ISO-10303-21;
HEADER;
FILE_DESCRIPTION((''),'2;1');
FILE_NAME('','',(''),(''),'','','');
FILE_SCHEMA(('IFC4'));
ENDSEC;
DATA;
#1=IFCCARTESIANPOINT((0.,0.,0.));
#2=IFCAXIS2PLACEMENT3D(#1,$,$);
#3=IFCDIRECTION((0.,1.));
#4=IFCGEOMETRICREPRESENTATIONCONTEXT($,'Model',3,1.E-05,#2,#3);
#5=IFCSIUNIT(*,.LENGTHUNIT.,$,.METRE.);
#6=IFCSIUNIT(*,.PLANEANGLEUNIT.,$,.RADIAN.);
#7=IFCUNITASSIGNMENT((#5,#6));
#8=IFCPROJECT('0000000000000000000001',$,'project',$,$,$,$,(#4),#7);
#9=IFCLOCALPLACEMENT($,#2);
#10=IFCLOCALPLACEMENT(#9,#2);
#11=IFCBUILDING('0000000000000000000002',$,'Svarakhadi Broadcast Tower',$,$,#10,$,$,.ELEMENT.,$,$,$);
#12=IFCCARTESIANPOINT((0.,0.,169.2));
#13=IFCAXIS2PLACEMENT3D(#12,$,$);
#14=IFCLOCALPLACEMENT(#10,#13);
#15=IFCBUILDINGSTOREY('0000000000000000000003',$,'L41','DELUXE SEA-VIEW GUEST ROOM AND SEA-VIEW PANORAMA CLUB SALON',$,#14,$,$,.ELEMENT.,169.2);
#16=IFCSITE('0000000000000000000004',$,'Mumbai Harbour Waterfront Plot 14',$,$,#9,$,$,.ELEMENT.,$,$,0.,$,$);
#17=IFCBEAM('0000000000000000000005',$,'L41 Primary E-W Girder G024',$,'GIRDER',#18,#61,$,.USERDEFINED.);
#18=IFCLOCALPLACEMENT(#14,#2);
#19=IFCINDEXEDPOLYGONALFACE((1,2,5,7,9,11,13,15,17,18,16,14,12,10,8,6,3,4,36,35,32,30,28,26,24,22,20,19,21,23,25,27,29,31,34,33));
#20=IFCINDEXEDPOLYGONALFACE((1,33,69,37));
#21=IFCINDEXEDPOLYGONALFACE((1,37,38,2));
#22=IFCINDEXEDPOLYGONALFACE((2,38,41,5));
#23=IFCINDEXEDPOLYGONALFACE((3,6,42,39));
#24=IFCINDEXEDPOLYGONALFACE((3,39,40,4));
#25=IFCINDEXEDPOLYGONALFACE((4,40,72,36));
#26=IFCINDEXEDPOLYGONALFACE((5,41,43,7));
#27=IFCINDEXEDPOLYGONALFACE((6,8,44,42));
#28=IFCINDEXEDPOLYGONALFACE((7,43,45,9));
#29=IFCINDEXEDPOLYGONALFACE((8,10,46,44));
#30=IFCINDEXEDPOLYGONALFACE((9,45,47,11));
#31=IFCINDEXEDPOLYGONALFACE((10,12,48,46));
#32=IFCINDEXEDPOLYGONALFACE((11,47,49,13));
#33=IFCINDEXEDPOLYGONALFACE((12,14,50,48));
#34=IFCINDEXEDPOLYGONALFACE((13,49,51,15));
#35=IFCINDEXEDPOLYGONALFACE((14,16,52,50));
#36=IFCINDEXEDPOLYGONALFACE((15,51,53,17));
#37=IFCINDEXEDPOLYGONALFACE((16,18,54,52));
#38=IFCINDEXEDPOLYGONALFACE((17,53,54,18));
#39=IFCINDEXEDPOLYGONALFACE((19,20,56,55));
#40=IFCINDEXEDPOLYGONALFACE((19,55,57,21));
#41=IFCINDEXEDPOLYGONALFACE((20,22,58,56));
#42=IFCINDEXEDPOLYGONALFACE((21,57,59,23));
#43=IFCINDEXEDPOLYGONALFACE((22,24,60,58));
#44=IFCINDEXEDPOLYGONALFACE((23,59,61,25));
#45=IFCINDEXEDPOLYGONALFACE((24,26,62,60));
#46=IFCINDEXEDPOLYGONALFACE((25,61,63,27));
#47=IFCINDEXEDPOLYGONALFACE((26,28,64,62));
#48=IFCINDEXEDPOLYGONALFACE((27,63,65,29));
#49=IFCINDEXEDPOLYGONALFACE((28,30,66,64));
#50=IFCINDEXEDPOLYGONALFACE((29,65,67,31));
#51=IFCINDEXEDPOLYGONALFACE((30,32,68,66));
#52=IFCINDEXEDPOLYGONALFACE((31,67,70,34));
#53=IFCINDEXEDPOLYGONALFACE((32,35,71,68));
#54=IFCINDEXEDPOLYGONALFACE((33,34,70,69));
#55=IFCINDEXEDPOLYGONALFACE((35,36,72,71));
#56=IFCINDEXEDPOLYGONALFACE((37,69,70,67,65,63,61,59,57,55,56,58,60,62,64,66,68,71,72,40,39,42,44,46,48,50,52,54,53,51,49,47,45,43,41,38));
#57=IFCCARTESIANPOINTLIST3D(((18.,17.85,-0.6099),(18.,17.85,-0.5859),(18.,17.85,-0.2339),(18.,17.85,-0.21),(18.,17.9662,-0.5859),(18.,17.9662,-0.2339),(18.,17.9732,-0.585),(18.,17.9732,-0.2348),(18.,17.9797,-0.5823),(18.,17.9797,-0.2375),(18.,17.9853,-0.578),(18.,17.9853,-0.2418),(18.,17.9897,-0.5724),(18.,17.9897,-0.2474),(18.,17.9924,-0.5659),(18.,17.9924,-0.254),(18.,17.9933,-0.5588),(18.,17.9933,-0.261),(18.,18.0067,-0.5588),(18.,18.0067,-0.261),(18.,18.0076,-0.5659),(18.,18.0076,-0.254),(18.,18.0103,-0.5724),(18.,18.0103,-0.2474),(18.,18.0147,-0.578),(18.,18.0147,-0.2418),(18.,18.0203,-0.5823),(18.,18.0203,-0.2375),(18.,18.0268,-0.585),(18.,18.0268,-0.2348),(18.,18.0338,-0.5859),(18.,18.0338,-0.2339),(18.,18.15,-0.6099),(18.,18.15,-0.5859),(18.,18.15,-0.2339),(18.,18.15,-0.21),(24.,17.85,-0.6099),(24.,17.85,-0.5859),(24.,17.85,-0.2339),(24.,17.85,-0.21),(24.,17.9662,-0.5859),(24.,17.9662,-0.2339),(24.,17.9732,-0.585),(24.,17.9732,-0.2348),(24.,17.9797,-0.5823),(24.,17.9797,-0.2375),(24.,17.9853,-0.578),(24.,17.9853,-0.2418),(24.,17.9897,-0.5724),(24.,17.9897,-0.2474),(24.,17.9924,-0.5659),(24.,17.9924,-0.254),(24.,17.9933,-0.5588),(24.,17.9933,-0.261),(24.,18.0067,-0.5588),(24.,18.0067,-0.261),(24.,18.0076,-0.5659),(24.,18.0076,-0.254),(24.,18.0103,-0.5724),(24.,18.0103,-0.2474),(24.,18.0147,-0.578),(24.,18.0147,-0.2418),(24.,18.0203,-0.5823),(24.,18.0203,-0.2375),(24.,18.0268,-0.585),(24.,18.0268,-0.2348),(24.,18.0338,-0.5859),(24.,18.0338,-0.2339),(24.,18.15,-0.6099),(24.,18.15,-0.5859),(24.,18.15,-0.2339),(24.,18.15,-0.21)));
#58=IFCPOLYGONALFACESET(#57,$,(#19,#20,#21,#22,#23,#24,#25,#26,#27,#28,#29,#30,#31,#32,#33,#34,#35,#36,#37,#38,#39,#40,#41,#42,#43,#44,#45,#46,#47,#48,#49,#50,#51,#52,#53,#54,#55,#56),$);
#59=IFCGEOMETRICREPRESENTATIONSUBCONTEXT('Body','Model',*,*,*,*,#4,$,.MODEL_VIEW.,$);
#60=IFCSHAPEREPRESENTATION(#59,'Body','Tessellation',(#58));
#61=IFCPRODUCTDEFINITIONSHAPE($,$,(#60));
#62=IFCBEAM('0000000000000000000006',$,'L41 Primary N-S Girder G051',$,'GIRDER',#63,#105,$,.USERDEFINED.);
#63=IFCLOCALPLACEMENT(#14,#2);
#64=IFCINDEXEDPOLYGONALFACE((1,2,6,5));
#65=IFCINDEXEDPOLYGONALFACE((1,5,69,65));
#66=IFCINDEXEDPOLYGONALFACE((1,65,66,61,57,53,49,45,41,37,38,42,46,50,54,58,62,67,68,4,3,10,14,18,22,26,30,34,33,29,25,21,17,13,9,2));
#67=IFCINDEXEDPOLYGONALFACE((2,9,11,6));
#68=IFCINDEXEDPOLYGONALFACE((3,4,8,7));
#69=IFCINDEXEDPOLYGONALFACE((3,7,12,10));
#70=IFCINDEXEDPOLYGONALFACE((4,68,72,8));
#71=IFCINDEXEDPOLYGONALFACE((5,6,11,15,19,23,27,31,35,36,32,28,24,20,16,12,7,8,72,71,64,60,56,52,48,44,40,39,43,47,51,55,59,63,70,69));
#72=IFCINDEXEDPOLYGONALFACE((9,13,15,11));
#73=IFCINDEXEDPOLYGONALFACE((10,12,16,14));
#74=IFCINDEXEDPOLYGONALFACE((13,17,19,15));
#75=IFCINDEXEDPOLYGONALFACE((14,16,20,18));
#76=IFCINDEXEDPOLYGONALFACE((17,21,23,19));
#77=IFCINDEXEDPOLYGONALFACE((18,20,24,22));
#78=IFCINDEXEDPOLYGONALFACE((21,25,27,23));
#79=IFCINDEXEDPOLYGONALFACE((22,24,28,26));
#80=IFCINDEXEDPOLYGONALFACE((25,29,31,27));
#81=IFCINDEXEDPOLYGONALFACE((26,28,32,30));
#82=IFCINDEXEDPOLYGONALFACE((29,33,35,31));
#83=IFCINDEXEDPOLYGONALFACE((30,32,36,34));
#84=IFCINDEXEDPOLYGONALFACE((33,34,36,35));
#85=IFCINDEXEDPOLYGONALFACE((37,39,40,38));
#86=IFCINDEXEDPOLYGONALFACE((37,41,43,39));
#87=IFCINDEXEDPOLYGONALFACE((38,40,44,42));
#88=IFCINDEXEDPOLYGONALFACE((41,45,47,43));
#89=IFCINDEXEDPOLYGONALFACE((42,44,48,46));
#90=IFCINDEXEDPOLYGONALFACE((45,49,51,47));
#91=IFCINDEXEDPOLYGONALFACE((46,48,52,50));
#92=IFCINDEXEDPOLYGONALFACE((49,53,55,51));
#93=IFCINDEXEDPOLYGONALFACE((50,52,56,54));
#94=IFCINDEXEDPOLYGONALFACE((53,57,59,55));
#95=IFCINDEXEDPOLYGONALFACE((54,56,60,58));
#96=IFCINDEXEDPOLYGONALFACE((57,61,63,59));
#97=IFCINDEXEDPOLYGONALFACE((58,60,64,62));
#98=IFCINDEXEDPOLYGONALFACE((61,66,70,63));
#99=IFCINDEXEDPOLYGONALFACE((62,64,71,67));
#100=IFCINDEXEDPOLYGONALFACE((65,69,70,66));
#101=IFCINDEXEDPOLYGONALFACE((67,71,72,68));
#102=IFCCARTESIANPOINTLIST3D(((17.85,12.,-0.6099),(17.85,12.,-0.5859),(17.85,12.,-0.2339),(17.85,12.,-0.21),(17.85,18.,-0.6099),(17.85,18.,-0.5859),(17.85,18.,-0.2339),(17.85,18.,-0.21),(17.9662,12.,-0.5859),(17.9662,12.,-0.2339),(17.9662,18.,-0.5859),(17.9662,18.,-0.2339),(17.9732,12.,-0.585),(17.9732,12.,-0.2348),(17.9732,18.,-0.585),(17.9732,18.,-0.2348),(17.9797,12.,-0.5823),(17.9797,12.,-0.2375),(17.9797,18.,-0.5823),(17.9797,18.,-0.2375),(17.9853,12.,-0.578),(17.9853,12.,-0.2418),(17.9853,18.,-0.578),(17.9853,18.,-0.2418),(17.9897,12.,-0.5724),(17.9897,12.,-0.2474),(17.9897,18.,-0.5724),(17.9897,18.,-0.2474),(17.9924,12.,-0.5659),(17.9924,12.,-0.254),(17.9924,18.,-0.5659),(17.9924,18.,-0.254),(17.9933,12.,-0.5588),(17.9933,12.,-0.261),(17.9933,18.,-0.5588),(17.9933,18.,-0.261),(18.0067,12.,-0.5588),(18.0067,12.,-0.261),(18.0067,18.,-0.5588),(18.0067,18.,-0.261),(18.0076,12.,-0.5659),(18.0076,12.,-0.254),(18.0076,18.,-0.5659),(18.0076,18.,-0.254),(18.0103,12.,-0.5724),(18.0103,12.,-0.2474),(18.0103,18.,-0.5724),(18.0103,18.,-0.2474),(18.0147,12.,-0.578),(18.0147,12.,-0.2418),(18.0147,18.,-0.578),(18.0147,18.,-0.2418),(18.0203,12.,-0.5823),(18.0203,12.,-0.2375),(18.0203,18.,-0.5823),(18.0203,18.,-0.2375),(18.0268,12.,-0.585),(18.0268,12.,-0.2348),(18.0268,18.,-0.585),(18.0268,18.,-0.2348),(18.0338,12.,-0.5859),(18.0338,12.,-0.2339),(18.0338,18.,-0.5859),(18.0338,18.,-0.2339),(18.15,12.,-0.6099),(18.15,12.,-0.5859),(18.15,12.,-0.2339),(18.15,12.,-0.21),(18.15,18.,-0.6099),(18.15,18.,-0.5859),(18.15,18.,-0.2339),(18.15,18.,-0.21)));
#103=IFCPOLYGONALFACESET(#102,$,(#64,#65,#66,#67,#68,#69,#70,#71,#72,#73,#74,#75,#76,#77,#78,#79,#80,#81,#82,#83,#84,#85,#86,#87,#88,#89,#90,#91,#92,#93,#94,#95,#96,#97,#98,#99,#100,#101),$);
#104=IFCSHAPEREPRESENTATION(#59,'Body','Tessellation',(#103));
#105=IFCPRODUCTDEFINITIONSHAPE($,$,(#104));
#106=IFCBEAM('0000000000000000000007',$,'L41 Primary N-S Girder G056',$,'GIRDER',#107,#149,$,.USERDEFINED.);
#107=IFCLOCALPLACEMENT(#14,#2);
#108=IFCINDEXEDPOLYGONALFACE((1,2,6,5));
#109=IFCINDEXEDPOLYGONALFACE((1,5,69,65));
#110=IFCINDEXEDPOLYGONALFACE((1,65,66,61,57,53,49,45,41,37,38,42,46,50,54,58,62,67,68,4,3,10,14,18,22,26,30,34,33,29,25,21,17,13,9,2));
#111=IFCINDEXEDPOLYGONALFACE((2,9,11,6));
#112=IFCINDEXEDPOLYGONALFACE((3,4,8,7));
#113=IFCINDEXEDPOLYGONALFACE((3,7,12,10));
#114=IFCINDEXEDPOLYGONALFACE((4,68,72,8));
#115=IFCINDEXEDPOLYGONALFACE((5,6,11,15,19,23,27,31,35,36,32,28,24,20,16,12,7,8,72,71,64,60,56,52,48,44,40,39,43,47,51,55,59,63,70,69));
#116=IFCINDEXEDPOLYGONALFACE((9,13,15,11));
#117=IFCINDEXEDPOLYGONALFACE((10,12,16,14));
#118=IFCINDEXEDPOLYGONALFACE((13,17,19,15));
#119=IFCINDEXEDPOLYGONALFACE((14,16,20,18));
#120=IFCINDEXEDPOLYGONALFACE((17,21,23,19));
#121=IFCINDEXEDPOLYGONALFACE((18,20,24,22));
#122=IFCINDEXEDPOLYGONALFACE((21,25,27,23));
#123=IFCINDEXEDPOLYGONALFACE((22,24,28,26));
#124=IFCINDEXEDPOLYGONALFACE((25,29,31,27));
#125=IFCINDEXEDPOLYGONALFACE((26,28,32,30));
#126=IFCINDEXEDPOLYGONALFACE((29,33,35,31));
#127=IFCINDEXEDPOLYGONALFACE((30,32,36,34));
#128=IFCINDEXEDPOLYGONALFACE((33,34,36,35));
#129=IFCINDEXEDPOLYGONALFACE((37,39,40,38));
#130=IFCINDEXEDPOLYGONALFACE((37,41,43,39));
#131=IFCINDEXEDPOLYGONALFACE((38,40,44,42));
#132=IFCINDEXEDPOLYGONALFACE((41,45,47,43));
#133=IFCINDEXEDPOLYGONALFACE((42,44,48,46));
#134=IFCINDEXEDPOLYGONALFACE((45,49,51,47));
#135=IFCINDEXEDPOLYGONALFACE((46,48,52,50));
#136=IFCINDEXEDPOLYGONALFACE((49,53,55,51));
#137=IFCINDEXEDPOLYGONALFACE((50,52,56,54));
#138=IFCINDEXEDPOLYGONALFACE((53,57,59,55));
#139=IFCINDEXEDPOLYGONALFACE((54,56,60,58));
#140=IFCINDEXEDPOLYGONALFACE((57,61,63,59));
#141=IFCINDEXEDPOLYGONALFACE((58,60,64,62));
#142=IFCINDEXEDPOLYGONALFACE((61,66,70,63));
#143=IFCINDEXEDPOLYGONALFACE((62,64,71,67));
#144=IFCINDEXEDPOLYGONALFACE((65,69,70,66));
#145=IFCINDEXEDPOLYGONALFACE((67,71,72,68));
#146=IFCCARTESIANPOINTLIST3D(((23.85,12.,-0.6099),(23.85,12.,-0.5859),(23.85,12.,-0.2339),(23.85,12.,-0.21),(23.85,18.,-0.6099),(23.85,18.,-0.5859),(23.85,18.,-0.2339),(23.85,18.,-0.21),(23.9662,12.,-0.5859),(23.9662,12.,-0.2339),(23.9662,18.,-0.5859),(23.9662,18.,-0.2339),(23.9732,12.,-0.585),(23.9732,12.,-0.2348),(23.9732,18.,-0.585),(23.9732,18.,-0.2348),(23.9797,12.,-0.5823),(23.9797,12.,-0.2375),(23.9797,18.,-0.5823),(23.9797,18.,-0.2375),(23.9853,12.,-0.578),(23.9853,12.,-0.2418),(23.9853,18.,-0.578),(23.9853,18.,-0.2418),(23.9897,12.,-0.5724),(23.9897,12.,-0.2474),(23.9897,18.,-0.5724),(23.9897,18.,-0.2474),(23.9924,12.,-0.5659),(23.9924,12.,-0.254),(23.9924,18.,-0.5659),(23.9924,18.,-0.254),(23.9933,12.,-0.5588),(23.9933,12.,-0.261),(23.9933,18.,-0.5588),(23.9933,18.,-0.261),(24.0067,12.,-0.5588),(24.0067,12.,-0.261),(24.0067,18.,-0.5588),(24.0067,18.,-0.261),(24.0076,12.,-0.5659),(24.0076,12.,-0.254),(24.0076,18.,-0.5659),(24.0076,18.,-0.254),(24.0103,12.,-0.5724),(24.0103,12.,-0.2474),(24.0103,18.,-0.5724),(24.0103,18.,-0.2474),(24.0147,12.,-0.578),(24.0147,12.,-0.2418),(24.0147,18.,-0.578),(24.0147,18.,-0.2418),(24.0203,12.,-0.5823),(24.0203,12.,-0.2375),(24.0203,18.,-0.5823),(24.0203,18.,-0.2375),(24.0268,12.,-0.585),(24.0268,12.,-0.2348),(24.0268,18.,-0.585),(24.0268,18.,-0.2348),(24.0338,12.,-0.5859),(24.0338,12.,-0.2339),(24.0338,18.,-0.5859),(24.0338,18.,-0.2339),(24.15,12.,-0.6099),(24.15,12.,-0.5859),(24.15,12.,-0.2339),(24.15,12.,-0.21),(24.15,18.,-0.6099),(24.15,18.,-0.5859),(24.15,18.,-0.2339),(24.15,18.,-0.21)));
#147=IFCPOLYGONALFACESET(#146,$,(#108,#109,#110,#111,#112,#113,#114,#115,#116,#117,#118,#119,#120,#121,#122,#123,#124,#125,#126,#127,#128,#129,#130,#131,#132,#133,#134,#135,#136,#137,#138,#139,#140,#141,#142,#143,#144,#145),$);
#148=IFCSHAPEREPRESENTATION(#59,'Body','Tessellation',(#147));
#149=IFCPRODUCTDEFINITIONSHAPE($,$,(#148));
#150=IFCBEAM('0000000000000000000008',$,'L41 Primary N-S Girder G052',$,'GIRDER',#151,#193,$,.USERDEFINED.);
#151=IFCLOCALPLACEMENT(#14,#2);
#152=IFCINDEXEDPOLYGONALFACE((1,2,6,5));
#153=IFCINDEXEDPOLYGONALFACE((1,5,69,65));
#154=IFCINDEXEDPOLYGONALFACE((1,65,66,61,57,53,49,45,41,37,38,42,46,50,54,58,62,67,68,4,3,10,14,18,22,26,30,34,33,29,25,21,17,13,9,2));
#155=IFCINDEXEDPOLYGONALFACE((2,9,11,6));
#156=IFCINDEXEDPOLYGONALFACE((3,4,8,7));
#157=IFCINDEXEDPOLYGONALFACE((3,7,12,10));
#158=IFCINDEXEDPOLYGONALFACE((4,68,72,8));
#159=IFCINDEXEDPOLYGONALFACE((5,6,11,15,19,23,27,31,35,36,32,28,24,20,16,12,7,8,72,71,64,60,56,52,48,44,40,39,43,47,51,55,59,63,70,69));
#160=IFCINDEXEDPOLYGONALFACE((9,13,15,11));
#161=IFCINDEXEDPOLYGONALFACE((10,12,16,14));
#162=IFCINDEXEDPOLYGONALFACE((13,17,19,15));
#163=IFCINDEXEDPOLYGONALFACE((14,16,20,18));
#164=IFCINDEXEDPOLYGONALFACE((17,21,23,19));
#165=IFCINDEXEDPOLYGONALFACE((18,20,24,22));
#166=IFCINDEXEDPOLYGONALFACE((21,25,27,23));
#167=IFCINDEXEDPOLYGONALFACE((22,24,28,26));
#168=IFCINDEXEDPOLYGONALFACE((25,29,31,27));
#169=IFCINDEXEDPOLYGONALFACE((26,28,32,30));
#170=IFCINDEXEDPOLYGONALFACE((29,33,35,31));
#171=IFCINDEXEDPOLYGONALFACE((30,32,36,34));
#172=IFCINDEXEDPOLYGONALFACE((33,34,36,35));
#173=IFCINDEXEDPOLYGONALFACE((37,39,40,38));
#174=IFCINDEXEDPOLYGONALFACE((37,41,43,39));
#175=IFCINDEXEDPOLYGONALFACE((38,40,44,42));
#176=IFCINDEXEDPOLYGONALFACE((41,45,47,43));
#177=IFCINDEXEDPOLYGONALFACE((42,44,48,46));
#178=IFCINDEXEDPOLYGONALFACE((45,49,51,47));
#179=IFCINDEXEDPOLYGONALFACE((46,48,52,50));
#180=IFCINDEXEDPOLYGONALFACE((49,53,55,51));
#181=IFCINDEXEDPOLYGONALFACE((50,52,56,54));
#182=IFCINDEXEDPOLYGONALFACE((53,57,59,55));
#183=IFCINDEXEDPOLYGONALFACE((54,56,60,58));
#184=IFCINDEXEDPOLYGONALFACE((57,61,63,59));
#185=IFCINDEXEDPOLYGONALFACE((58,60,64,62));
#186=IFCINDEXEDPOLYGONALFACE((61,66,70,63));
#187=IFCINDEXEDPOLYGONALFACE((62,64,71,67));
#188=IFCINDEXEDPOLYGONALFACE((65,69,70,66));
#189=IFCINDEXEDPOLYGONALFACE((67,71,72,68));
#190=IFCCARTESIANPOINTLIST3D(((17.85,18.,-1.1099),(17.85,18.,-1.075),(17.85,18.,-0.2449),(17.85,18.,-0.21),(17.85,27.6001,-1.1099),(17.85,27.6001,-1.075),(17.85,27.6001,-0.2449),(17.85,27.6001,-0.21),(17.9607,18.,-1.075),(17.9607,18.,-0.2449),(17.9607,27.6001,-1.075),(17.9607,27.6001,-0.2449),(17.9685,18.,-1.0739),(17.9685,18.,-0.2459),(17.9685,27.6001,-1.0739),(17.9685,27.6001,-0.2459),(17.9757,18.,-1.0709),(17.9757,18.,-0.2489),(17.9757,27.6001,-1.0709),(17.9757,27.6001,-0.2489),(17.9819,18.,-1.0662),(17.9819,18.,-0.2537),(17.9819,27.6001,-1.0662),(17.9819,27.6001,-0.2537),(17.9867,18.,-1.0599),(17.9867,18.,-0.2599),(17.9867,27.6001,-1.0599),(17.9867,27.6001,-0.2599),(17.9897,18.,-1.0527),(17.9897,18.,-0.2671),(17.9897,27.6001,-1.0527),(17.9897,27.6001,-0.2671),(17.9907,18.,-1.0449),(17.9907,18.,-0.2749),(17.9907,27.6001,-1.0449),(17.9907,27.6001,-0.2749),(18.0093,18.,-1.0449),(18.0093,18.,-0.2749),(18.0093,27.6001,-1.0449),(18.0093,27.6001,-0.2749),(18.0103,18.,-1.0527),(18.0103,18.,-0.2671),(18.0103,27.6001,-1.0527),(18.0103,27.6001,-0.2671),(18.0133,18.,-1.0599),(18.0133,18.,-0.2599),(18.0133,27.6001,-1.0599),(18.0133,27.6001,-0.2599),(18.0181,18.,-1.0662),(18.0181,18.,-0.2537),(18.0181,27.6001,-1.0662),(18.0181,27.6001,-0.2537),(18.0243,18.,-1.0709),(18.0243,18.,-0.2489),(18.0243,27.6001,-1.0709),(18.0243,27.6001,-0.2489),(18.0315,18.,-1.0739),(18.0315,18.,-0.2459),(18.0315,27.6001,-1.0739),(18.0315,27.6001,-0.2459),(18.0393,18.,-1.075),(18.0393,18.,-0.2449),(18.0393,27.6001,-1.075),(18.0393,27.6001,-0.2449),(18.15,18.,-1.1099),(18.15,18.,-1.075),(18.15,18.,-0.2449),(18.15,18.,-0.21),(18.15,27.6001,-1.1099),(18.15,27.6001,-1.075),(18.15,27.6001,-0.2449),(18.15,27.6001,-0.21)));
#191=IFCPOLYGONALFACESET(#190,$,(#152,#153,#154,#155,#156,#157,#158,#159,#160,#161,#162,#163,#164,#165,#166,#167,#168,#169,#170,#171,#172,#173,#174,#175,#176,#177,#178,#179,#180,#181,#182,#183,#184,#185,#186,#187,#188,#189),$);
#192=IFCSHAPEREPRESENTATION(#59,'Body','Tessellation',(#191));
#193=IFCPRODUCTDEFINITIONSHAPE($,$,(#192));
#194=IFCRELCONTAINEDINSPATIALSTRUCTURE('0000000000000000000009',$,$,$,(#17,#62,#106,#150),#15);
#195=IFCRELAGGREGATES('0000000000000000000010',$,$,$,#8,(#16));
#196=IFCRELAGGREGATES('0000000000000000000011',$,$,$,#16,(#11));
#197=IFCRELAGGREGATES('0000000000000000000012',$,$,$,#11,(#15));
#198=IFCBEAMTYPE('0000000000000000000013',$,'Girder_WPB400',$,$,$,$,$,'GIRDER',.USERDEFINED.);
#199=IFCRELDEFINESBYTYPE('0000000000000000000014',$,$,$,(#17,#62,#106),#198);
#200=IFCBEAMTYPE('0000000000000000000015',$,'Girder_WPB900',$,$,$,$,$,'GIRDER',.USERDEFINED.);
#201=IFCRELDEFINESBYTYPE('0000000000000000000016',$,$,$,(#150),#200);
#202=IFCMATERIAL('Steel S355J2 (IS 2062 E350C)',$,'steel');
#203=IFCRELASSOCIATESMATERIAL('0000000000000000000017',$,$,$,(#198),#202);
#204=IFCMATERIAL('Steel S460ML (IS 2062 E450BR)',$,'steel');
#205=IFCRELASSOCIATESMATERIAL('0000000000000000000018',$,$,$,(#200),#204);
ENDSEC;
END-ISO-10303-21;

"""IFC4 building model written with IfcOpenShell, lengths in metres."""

from ifc_helpers import new_model, si_unit, direction, frame, origin, origin_2d, place, context, subcontext, project, spatial, i_section, extrude, material, material_profile, profile_set, type_object, element, save


model = new_model("IFC4")

# Units and contexts
model_context = context("Model", 3, precision=1e-05, world=origin(), true_north=direction((0.0, 1.0)))
body_context = subcontext(model_context, "Body", "Model", "MODEL_VIEW")
ifc_project = project(units=[si_unit("LENGTHUNIT", "METRE"), si_unit("PLANEANGLEUNIT", "RADIAN")], contexts=[model_context])

# Site, building, storey
site_placement = place(None, origin())
site = spatial("IfcSite", under=ifc_project, at=site_placement, Name="Mumbai Harbour Waterfront Plot 14", CompositionType="ELEMENT", RefElevation=0.0)
building_placement = place(site_placement, origin())
building = spatial("IfcBuilding", under=site, at=building_placement, Name="Svarakhadi Broadcast Tower", CompositionType="ELEMENT")
storey_placement = place(building_placement, frame((0.0, 0.0, 169.2)))
storey = spatial("IfcBuildingStorey", under=building, at=storey_placement, Name="L41", Description="DELUXE SEA-VIEW GUEST ROOM AND SEA-VIEW PANORAMA CLUB SALON", CompositionType="ELEMENT", Elevation=169.2)

# Shared definitions
ifc_material_1 = material(Name="Steel S460ML (IS 2062 E450BR)", Category="steel")

# Beams
ifc_material_2 = material(Name="Steel S355J2 (IS 2062 E350C)", Category="steel")
ifc_material_profile_1 = material_profile(ifc_material_2, i_section(OverallWidth=0.3, OverallDepth=0.3999, WebThickness=0.0134, FlangeThickness=0.0239, FilletRadius=0.0271, at=origin_2d()), Name="WPB 400x300x155")
ifc_profile_set_1 = profile_set([ifc_material_profile_1], Name="Steel S355J2 (IS 2062 E350C)")
beam_type_1 = type_object("IfcBeamType", Name="Girder_WPB400", ElementType="GIRDER", PredefinedType="USERDEFINED", material=ifc_profile_set_1)
for number, where, z_axis, x_axis, name in (
    (1, (18.0, 18.0, -0.4099), (1.0, 0.0, 0.0), (0.0, 1.0, 0.0), "L41 Primary E-W Girder G024"),
    (2, (18.0, 12.0, -0.4099), (0.0, 1.0, 0.0), (-1.0, 0.0, 0.0), "L41 Primary N-S Girder G051"),
    (3, (24.0, 12.0, -0.4099), (0.0, 1.0, 0.0), (-1.0, 0.0, 0.0), "L41 Primary N-S Girder G056"),
):
    element("IfcBeam", number, at=place(storey_placement, frame(where, z_axis=z_axis, x_axis=x_axis)), inside=storey, type_object=beam_type_1, Name=name, ObjectType="GIRDER", PredefinedType="USERDEFINED", context=body_context, shape_type="SweptSolid", body=[
        extrude(i_section(OverallWidth=0.3, OverallDepth=0.3999, WebThickness=0.0134, FlangeThickness=0.0239, FilletRadius=0.0271, at=origin_2d()), origin(), (0.0, 0.0, 1.0), 6.0),
    ])
ifc_material_profile_2 = material_profile(ifc_material_1, i_section(OverallWidth=0.3, OverallDepth=0.8999, WebThickness=0.0186, FlangeThickness=0.0349, FilletRadius=0.03, at=origin_2d()), Name="WPB 900x300x291")
ifc_profile_set_2 = profile_set([ifc_material_profile_2], Name="Steel S460ML (IS 2062 E450BR)")
beam_type_2 = type_object("IfcBeamType", Name="Girder_WPB900", ElementType="GIRDER", PredefinedType="USERDEFINED", material=ifc_profile_set_2)
beam_1_placement = place(storey_placement, frame((18.0, 18.0, -0.6599), z_axis=(0.0, 1.0, 0.0), x_axis=(-1.0, 0.0, 0.0)))
element("IfcBeam", 4, at=beam_1_placement, inside=storey, type_object=beam_type_2, Name="L41 Primary N-S Girder G052", ObjectType="GIRDER", PredefinedType="USERDEFINED", context=body_context, shape_type="SweptSolid", body=[
    extrude(i_section(OverallWidth=0.3, OverallDepth=0.8999, WebThickness=0.0186, FlangeThickness=0.0349, FilletRadius=0.03, at=origin_2d()), origin(), (0.0, 0.0, 1.0), 9.6001),
])

save(model, "model.ifc")
